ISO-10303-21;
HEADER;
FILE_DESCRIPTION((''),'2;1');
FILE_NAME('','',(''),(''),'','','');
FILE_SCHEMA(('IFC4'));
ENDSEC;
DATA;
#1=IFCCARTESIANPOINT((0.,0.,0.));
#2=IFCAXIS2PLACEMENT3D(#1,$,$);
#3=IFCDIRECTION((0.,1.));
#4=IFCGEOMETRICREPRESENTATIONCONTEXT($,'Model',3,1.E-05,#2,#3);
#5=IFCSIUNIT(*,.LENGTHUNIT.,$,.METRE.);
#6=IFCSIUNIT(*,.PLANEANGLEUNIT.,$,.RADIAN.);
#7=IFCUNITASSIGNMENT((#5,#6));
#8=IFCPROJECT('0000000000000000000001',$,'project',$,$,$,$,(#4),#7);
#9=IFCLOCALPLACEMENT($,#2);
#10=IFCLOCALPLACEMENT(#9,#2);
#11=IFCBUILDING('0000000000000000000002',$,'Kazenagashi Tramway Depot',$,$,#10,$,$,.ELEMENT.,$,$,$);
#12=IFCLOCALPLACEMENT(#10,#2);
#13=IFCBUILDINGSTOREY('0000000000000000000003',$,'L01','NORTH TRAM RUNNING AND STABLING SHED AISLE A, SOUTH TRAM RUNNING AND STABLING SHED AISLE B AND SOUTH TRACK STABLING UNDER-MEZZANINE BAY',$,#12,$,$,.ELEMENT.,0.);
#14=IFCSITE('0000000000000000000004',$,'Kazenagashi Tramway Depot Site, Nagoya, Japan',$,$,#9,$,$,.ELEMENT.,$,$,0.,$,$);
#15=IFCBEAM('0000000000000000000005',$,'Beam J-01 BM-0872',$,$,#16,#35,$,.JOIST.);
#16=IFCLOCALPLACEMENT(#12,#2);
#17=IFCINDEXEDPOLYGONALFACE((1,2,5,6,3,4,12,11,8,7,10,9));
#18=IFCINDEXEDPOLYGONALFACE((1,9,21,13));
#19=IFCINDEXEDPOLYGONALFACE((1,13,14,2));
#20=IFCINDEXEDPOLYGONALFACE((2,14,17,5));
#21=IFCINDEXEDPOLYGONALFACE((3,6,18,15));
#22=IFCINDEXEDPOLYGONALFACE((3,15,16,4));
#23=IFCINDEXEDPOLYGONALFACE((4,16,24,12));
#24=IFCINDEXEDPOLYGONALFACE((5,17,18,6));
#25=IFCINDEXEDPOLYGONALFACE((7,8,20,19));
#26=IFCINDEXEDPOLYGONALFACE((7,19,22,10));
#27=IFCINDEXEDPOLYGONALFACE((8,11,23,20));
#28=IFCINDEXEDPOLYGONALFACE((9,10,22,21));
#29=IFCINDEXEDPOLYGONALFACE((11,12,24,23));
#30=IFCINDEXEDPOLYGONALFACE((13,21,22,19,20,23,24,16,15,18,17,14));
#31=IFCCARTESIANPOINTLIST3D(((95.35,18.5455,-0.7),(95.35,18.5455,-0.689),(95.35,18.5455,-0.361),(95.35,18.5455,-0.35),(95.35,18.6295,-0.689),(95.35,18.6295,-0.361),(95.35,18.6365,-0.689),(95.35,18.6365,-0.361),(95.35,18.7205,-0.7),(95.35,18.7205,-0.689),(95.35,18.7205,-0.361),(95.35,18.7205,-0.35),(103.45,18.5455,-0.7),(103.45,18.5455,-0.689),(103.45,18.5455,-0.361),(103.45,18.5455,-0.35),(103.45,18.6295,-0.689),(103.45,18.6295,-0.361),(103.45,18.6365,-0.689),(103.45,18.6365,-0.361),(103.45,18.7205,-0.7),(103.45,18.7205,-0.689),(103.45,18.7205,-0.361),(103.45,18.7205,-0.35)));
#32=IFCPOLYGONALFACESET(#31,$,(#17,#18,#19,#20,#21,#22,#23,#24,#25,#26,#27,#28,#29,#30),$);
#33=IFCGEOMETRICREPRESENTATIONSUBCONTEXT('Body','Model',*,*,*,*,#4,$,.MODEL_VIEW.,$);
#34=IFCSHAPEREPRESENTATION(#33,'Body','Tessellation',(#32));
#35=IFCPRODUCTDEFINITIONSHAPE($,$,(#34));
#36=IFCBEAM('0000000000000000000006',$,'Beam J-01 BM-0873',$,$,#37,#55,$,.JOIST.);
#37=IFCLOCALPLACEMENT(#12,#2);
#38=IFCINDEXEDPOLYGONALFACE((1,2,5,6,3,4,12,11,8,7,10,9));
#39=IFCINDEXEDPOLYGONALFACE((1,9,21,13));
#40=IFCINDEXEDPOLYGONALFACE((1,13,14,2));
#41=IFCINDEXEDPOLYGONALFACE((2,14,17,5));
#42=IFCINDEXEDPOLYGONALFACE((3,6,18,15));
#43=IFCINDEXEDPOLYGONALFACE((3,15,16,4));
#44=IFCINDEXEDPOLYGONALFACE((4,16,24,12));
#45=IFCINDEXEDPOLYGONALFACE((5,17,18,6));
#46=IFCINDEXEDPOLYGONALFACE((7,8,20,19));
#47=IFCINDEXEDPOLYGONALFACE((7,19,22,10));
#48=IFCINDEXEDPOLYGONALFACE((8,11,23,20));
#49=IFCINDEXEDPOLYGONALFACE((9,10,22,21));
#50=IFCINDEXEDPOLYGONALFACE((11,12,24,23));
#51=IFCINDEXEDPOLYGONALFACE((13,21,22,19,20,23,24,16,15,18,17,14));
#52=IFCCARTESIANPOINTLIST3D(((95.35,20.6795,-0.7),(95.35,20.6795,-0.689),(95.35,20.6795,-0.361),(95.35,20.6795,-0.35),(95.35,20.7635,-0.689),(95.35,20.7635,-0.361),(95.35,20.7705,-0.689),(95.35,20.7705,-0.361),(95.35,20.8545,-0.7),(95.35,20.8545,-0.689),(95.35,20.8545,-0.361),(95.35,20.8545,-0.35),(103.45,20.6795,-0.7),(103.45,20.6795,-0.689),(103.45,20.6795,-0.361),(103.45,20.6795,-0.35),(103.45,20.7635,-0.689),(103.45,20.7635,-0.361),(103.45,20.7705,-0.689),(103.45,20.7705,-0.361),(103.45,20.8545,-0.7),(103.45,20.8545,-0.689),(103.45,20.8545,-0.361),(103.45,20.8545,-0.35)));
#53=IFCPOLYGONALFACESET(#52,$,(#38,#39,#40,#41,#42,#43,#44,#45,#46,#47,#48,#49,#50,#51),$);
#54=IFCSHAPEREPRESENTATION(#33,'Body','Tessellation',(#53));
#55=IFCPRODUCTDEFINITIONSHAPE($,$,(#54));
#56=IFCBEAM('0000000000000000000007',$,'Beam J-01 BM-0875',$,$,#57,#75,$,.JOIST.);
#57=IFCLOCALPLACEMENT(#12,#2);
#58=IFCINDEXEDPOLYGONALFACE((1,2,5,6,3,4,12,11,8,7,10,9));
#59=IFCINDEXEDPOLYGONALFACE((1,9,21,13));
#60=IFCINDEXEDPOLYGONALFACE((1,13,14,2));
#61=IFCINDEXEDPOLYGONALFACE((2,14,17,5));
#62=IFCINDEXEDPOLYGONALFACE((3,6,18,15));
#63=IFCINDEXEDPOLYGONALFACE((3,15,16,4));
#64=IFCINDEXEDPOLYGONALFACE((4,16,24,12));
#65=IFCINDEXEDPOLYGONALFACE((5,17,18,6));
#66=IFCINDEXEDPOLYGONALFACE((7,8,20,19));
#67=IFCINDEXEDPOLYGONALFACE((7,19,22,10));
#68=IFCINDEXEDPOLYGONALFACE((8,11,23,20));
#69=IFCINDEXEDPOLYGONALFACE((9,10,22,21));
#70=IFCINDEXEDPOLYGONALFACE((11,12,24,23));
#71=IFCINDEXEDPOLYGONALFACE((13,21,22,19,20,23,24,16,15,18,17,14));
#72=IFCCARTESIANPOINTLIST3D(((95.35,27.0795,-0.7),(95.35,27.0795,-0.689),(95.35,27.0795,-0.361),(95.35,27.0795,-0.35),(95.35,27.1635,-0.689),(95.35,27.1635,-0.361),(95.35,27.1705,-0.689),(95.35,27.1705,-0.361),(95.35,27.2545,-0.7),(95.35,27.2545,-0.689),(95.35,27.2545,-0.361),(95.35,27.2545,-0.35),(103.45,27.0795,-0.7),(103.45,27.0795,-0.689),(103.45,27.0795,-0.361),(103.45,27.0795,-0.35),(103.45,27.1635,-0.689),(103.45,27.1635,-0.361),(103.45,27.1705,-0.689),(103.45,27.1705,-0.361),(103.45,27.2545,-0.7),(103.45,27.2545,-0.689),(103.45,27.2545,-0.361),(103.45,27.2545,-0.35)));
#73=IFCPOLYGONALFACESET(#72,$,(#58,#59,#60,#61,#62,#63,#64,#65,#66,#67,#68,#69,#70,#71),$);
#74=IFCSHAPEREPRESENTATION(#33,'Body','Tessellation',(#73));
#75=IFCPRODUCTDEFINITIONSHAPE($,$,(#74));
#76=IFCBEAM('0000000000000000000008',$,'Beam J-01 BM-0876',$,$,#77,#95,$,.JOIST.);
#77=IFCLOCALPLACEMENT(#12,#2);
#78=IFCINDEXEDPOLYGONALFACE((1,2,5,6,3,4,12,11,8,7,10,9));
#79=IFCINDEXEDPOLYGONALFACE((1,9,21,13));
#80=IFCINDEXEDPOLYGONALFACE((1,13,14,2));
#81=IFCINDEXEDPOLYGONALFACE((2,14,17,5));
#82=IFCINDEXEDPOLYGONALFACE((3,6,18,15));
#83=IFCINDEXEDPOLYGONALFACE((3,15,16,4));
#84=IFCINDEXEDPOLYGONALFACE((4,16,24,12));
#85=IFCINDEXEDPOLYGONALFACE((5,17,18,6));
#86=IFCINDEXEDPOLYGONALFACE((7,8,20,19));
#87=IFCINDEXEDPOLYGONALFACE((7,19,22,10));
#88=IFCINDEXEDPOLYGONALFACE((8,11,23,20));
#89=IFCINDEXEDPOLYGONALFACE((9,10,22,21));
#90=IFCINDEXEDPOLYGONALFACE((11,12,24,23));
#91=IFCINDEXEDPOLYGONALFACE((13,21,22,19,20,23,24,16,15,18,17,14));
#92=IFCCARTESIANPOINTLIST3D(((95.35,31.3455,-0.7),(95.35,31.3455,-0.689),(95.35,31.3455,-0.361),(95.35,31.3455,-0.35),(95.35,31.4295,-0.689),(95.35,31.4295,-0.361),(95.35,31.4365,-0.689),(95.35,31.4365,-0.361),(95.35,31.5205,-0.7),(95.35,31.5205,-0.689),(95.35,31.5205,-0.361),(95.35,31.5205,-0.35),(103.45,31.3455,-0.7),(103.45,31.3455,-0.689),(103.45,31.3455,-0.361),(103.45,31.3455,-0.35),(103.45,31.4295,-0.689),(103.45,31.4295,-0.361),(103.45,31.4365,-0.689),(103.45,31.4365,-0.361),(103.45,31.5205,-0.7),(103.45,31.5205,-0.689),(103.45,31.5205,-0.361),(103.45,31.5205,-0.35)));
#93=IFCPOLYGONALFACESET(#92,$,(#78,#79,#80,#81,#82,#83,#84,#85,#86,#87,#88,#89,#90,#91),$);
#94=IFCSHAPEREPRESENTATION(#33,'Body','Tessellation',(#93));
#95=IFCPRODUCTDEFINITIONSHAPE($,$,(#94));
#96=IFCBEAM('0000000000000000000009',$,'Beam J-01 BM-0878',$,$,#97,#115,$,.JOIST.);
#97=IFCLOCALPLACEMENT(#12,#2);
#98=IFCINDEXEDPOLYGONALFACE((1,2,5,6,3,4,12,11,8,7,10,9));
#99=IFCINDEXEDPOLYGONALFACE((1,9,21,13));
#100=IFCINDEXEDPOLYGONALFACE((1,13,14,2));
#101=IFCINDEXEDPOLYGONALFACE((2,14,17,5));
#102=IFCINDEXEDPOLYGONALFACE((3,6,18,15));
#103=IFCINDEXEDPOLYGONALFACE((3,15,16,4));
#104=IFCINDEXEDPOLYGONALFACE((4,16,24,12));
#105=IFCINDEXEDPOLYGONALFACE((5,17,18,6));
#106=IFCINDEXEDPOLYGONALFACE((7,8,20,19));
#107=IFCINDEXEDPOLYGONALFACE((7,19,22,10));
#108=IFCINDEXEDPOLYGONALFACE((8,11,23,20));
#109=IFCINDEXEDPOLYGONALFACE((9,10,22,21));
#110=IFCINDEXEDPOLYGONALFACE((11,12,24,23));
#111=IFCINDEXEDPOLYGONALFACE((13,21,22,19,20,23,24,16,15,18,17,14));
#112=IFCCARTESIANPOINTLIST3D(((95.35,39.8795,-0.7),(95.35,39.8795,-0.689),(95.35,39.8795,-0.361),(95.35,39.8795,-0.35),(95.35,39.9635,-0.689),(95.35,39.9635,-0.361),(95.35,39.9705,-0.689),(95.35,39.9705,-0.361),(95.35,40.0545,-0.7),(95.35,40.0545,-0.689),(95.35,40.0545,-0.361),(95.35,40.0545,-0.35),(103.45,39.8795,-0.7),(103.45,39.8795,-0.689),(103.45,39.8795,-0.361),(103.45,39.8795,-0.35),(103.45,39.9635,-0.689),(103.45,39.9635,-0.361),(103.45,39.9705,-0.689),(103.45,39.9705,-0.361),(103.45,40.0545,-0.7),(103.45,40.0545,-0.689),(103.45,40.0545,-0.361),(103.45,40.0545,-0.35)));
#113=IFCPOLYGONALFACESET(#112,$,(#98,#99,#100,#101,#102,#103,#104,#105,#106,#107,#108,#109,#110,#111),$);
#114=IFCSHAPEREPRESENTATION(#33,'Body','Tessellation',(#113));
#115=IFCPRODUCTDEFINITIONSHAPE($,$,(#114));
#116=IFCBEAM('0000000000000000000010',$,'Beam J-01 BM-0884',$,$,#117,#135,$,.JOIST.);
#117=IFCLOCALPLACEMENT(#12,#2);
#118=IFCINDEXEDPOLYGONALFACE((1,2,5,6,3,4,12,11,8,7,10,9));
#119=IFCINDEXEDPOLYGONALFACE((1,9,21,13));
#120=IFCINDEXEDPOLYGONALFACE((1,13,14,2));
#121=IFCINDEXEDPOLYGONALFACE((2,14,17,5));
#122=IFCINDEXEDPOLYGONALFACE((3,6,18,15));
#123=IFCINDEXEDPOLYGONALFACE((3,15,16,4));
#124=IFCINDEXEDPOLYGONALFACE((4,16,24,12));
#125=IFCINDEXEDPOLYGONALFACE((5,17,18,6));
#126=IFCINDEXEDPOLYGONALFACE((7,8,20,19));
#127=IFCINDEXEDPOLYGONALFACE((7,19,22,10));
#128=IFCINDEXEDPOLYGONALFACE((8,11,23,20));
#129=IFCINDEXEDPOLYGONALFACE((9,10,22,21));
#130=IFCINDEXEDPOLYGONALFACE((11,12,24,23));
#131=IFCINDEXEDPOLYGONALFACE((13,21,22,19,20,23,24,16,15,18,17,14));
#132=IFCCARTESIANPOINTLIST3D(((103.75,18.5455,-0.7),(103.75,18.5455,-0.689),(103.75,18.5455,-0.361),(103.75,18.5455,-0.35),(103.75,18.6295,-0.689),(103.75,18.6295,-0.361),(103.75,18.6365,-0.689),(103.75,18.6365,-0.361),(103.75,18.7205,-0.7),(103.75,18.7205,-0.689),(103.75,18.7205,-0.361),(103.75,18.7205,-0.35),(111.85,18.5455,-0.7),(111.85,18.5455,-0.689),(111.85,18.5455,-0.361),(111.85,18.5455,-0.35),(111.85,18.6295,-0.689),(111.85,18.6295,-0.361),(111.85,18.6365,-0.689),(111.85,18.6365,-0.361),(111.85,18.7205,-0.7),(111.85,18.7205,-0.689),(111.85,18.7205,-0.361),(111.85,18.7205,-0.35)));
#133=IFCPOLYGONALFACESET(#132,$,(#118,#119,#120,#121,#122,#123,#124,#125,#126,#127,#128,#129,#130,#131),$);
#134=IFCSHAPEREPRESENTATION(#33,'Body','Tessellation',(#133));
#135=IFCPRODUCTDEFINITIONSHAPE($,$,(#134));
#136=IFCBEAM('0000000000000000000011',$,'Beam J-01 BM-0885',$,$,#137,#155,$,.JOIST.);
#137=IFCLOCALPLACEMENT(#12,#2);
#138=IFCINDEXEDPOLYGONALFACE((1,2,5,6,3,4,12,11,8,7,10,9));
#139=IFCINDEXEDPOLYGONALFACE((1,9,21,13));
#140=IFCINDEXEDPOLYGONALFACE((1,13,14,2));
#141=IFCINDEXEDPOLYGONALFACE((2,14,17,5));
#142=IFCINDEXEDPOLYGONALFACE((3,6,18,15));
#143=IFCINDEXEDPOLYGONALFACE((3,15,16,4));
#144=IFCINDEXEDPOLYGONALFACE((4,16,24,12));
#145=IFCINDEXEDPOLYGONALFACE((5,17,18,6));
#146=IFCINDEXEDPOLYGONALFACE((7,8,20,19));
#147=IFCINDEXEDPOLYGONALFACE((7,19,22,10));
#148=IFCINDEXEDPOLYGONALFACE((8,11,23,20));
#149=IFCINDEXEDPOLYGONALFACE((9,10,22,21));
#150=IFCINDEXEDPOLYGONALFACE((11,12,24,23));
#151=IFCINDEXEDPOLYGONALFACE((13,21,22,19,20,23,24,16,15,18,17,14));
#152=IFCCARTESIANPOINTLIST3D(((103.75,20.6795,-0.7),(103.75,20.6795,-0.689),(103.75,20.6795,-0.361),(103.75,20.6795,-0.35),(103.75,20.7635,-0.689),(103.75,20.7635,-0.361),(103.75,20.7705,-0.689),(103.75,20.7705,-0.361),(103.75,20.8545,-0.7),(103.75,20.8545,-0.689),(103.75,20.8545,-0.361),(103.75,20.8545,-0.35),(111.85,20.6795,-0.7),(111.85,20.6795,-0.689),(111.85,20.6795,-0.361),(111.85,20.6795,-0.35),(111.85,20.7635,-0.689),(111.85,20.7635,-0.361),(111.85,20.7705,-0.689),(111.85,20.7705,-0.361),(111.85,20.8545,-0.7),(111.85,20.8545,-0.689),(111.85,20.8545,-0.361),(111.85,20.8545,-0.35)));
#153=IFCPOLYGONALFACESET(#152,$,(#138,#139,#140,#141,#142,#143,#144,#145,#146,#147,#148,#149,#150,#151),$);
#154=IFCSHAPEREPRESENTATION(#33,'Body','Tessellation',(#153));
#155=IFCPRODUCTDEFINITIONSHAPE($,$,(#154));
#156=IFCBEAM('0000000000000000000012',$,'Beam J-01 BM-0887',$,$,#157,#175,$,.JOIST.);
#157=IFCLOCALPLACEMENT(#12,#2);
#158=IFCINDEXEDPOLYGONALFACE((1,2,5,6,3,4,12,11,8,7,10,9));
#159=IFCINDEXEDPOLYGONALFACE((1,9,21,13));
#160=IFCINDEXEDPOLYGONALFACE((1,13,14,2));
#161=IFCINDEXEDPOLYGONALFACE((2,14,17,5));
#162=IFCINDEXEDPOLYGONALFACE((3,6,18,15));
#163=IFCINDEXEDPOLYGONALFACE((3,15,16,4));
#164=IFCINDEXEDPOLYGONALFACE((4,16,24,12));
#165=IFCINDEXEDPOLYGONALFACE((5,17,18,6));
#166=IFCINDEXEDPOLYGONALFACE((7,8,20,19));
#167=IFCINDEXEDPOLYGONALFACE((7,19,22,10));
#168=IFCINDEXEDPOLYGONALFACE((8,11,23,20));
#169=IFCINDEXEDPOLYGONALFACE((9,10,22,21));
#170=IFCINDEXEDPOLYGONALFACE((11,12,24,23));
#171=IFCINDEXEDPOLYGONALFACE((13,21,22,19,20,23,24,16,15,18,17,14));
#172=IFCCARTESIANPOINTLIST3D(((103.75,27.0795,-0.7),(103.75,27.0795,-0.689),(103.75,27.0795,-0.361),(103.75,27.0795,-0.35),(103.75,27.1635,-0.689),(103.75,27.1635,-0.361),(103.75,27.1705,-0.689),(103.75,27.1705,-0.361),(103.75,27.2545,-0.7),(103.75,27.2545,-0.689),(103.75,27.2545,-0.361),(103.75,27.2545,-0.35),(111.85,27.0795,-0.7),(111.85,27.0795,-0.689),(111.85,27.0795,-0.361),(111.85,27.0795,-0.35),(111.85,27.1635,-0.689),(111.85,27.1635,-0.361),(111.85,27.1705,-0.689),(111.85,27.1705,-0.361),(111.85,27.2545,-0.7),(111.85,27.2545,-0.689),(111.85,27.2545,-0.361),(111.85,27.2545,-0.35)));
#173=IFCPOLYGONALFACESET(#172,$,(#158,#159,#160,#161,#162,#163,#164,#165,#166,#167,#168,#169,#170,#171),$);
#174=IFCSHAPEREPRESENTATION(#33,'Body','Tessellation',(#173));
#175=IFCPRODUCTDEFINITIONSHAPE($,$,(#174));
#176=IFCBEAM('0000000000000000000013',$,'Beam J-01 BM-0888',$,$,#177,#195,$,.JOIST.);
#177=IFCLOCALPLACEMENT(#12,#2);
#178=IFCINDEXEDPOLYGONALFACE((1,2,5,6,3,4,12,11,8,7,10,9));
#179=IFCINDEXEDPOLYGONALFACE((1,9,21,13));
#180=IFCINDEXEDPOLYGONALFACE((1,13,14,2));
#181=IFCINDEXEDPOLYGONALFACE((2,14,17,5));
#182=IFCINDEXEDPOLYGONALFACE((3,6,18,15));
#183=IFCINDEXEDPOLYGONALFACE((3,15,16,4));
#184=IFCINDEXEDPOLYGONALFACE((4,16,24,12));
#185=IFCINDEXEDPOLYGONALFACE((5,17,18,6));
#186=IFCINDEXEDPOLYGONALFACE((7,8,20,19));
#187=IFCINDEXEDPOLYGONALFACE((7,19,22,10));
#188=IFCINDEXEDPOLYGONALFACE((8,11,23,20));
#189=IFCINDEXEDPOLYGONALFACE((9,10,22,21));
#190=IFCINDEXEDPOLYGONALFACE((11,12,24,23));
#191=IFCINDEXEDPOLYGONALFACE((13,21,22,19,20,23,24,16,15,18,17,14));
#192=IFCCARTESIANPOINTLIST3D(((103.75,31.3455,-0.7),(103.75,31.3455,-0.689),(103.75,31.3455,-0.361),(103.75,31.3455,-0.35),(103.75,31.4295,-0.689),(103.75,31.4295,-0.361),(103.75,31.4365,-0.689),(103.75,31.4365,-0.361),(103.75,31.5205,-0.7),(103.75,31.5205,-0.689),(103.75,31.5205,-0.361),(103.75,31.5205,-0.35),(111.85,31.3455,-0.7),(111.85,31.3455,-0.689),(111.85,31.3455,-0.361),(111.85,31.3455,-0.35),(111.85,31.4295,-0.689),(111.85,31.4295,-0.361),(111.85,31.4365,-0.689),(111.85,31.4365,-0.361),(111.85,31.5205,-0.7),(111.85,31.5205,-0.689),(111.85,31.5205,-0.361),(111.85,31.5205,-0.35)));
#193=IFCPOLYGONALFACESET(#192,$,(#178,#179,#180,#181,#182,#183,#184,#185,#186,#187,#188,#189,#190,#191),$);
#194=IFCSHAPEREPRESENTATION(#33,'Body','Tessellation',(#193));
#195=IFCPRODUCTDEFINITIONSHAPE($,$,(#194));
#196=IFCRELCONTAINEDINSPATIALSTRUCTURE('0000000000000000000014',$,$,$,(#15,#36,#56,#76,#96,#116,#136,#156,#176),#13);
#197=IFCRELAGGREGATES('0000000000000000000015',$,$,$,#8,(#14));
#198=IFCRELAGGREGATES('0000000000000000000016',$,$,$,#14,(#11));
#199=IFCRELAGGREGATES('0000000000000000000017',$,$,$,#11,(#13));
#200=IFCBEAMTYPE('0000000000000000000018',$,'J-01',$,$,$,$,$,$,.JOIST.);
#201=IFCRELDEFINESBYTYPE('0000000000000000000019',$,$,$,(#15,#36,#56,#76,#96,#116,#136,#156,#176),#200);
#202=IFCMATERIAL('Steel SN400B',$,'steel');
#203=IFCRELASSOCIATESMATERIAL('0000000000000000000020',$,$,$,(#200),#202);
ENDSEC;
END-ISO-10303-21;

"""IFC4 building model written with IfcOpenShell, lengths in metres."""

from ifc_helpers import new_model, si_unit, direction, frame, origin, origin_2d, place, context, subcontext, project, spatial, i_section, extrude, material, material_profile, profile_set, type_object, element, save


model = new_model("IFC4")

# Units and contexts
model_context = context("Model", 3, precision=1e-05, world=origin(), true_north=direction((0.0, 1.0)))
body_context = subcontext(model_context, "Body", "Model", "MODEL_VIEW")
ifc_project = project(units=[si_unit("LENGTHUNIT", "METRE"), si_unit("PLANEANGLEUNIT", "RADIAN")], contexts=[model_context])

# Site, building, storey
site_placement = place(None, origin())
site = spatial("IfcSite", under=ifc_project, at=site_placement, Name="Kazenagashi Tramway Depot Site, Nagoya, Japan", CompositionType="ELEMENT", RefElevation=0.0)
building_placement = place(site_placement, origin())
building = spatial("IfcBuilding", under=site, at=building_placement, Name="Kazenagashi Tramway Depot", CompositionType="ELEMENT")
storey_placement = place(building_placement, origin())
storey = spatial("IfcBuildingStorey", under=building, at=storey_placement, Name="L01", Description="NORTH TRAM RUNNING AND STABLING SHED AISLE A, SOUTH TRAM RUNNING AND STABLING SHED AISLE B AND SOUTH TRACK STABLING UNDER-MEZZANINE BAY", CompositionType="ELEMENT", Elevation=0.0)

# Beams
ifc_material_1 = material(Name="Steel SN400B", Category="steel")
ifc_material_profile_1 = material_profile(ifc_material_1, i_section(OverallWidth=0.175, OverallDepth=0.35, WebThickness=0.007, FlangeThickness=0.011, at=origin_2d()), Name="H-350x175x7x11")
ifc_profile_set_1 = profile_set([ifc_material_profile_1], Name="Steel SN400B")
beam_type_1 = type_object("IfcBeamType", Name="J-01", PredefinedType="JOIST", material=ifc_profile_set_1)
for number, where, z_axis, x_axis, name in (
    (1, (95.35, 18.633, -0.525), (1.0, 0.0, 0.0), (0.0, 1.0, 0.0), "Beam J-01 BM-0872"),
    (2, (95.35, 20.767, -0.525), (1.0, 0.0, 0.0), (0.0, 1.0, 0.0), "Beam J-01 BM-0873"),
    (3, (95.35, 27.167, -0.525), (1.0, 0.0, 0.0), (0.0, 1.0, 0.0), "Beam J-01 BM-0875"),
    (4, (95.35, 31.433, -0.525), (1.0, 0.0, 0.0), (0.0, 1.0, 0.0), "Beam J-01 BM-0876"),
    (5, (95.35, 39.967, -0.525), (1.0, 0.0, 0.0), (0.0, 1.0, 0.0), "Beam J-01 BM-0878"),
    (6, (103.75, 18.633, -0.525), (1.0, 0.0, 0.0), (0.0, 1.0, 0.0), "Beam J-01 BM-0884"),
    (7, (103.75, 20.767, -0.525), (1.0, 0.0, 0.0), (0.0, 1.0, 0.0), "Beam J-01 BM-0885"),
    (8, (103.75, 27.167, -0.525), (1.0, 0.0, 0.0), (0.0, 1.0, 0.0), "Beam J-01 BM-0887"),
    (9, (103.75, 31.433, -0.525), (1.0, 0.0, 0.0), (0.0, 1.0, 0.0), "Beam J-01 BM-0888"),
):
    element("IfcBeam", number, at=place(storey_placement, frame(where, z_axis=z_axis, x_axis=x_axis)), inside=storey, type_object=beam_type_1, Name=name, PredefinedType="JOIST", context=body_context, shape_type="SweptSolid", body=[
        extrude(i_section(OverallWidth=0.175, OverallDepth=0.35, WebThickness=0.007, FlangeThickness=0.011, at=origin_2d()), origin(), (0.0, 0.0, 1.0), 8.1),
    ])

save(model, "model.ifc")
